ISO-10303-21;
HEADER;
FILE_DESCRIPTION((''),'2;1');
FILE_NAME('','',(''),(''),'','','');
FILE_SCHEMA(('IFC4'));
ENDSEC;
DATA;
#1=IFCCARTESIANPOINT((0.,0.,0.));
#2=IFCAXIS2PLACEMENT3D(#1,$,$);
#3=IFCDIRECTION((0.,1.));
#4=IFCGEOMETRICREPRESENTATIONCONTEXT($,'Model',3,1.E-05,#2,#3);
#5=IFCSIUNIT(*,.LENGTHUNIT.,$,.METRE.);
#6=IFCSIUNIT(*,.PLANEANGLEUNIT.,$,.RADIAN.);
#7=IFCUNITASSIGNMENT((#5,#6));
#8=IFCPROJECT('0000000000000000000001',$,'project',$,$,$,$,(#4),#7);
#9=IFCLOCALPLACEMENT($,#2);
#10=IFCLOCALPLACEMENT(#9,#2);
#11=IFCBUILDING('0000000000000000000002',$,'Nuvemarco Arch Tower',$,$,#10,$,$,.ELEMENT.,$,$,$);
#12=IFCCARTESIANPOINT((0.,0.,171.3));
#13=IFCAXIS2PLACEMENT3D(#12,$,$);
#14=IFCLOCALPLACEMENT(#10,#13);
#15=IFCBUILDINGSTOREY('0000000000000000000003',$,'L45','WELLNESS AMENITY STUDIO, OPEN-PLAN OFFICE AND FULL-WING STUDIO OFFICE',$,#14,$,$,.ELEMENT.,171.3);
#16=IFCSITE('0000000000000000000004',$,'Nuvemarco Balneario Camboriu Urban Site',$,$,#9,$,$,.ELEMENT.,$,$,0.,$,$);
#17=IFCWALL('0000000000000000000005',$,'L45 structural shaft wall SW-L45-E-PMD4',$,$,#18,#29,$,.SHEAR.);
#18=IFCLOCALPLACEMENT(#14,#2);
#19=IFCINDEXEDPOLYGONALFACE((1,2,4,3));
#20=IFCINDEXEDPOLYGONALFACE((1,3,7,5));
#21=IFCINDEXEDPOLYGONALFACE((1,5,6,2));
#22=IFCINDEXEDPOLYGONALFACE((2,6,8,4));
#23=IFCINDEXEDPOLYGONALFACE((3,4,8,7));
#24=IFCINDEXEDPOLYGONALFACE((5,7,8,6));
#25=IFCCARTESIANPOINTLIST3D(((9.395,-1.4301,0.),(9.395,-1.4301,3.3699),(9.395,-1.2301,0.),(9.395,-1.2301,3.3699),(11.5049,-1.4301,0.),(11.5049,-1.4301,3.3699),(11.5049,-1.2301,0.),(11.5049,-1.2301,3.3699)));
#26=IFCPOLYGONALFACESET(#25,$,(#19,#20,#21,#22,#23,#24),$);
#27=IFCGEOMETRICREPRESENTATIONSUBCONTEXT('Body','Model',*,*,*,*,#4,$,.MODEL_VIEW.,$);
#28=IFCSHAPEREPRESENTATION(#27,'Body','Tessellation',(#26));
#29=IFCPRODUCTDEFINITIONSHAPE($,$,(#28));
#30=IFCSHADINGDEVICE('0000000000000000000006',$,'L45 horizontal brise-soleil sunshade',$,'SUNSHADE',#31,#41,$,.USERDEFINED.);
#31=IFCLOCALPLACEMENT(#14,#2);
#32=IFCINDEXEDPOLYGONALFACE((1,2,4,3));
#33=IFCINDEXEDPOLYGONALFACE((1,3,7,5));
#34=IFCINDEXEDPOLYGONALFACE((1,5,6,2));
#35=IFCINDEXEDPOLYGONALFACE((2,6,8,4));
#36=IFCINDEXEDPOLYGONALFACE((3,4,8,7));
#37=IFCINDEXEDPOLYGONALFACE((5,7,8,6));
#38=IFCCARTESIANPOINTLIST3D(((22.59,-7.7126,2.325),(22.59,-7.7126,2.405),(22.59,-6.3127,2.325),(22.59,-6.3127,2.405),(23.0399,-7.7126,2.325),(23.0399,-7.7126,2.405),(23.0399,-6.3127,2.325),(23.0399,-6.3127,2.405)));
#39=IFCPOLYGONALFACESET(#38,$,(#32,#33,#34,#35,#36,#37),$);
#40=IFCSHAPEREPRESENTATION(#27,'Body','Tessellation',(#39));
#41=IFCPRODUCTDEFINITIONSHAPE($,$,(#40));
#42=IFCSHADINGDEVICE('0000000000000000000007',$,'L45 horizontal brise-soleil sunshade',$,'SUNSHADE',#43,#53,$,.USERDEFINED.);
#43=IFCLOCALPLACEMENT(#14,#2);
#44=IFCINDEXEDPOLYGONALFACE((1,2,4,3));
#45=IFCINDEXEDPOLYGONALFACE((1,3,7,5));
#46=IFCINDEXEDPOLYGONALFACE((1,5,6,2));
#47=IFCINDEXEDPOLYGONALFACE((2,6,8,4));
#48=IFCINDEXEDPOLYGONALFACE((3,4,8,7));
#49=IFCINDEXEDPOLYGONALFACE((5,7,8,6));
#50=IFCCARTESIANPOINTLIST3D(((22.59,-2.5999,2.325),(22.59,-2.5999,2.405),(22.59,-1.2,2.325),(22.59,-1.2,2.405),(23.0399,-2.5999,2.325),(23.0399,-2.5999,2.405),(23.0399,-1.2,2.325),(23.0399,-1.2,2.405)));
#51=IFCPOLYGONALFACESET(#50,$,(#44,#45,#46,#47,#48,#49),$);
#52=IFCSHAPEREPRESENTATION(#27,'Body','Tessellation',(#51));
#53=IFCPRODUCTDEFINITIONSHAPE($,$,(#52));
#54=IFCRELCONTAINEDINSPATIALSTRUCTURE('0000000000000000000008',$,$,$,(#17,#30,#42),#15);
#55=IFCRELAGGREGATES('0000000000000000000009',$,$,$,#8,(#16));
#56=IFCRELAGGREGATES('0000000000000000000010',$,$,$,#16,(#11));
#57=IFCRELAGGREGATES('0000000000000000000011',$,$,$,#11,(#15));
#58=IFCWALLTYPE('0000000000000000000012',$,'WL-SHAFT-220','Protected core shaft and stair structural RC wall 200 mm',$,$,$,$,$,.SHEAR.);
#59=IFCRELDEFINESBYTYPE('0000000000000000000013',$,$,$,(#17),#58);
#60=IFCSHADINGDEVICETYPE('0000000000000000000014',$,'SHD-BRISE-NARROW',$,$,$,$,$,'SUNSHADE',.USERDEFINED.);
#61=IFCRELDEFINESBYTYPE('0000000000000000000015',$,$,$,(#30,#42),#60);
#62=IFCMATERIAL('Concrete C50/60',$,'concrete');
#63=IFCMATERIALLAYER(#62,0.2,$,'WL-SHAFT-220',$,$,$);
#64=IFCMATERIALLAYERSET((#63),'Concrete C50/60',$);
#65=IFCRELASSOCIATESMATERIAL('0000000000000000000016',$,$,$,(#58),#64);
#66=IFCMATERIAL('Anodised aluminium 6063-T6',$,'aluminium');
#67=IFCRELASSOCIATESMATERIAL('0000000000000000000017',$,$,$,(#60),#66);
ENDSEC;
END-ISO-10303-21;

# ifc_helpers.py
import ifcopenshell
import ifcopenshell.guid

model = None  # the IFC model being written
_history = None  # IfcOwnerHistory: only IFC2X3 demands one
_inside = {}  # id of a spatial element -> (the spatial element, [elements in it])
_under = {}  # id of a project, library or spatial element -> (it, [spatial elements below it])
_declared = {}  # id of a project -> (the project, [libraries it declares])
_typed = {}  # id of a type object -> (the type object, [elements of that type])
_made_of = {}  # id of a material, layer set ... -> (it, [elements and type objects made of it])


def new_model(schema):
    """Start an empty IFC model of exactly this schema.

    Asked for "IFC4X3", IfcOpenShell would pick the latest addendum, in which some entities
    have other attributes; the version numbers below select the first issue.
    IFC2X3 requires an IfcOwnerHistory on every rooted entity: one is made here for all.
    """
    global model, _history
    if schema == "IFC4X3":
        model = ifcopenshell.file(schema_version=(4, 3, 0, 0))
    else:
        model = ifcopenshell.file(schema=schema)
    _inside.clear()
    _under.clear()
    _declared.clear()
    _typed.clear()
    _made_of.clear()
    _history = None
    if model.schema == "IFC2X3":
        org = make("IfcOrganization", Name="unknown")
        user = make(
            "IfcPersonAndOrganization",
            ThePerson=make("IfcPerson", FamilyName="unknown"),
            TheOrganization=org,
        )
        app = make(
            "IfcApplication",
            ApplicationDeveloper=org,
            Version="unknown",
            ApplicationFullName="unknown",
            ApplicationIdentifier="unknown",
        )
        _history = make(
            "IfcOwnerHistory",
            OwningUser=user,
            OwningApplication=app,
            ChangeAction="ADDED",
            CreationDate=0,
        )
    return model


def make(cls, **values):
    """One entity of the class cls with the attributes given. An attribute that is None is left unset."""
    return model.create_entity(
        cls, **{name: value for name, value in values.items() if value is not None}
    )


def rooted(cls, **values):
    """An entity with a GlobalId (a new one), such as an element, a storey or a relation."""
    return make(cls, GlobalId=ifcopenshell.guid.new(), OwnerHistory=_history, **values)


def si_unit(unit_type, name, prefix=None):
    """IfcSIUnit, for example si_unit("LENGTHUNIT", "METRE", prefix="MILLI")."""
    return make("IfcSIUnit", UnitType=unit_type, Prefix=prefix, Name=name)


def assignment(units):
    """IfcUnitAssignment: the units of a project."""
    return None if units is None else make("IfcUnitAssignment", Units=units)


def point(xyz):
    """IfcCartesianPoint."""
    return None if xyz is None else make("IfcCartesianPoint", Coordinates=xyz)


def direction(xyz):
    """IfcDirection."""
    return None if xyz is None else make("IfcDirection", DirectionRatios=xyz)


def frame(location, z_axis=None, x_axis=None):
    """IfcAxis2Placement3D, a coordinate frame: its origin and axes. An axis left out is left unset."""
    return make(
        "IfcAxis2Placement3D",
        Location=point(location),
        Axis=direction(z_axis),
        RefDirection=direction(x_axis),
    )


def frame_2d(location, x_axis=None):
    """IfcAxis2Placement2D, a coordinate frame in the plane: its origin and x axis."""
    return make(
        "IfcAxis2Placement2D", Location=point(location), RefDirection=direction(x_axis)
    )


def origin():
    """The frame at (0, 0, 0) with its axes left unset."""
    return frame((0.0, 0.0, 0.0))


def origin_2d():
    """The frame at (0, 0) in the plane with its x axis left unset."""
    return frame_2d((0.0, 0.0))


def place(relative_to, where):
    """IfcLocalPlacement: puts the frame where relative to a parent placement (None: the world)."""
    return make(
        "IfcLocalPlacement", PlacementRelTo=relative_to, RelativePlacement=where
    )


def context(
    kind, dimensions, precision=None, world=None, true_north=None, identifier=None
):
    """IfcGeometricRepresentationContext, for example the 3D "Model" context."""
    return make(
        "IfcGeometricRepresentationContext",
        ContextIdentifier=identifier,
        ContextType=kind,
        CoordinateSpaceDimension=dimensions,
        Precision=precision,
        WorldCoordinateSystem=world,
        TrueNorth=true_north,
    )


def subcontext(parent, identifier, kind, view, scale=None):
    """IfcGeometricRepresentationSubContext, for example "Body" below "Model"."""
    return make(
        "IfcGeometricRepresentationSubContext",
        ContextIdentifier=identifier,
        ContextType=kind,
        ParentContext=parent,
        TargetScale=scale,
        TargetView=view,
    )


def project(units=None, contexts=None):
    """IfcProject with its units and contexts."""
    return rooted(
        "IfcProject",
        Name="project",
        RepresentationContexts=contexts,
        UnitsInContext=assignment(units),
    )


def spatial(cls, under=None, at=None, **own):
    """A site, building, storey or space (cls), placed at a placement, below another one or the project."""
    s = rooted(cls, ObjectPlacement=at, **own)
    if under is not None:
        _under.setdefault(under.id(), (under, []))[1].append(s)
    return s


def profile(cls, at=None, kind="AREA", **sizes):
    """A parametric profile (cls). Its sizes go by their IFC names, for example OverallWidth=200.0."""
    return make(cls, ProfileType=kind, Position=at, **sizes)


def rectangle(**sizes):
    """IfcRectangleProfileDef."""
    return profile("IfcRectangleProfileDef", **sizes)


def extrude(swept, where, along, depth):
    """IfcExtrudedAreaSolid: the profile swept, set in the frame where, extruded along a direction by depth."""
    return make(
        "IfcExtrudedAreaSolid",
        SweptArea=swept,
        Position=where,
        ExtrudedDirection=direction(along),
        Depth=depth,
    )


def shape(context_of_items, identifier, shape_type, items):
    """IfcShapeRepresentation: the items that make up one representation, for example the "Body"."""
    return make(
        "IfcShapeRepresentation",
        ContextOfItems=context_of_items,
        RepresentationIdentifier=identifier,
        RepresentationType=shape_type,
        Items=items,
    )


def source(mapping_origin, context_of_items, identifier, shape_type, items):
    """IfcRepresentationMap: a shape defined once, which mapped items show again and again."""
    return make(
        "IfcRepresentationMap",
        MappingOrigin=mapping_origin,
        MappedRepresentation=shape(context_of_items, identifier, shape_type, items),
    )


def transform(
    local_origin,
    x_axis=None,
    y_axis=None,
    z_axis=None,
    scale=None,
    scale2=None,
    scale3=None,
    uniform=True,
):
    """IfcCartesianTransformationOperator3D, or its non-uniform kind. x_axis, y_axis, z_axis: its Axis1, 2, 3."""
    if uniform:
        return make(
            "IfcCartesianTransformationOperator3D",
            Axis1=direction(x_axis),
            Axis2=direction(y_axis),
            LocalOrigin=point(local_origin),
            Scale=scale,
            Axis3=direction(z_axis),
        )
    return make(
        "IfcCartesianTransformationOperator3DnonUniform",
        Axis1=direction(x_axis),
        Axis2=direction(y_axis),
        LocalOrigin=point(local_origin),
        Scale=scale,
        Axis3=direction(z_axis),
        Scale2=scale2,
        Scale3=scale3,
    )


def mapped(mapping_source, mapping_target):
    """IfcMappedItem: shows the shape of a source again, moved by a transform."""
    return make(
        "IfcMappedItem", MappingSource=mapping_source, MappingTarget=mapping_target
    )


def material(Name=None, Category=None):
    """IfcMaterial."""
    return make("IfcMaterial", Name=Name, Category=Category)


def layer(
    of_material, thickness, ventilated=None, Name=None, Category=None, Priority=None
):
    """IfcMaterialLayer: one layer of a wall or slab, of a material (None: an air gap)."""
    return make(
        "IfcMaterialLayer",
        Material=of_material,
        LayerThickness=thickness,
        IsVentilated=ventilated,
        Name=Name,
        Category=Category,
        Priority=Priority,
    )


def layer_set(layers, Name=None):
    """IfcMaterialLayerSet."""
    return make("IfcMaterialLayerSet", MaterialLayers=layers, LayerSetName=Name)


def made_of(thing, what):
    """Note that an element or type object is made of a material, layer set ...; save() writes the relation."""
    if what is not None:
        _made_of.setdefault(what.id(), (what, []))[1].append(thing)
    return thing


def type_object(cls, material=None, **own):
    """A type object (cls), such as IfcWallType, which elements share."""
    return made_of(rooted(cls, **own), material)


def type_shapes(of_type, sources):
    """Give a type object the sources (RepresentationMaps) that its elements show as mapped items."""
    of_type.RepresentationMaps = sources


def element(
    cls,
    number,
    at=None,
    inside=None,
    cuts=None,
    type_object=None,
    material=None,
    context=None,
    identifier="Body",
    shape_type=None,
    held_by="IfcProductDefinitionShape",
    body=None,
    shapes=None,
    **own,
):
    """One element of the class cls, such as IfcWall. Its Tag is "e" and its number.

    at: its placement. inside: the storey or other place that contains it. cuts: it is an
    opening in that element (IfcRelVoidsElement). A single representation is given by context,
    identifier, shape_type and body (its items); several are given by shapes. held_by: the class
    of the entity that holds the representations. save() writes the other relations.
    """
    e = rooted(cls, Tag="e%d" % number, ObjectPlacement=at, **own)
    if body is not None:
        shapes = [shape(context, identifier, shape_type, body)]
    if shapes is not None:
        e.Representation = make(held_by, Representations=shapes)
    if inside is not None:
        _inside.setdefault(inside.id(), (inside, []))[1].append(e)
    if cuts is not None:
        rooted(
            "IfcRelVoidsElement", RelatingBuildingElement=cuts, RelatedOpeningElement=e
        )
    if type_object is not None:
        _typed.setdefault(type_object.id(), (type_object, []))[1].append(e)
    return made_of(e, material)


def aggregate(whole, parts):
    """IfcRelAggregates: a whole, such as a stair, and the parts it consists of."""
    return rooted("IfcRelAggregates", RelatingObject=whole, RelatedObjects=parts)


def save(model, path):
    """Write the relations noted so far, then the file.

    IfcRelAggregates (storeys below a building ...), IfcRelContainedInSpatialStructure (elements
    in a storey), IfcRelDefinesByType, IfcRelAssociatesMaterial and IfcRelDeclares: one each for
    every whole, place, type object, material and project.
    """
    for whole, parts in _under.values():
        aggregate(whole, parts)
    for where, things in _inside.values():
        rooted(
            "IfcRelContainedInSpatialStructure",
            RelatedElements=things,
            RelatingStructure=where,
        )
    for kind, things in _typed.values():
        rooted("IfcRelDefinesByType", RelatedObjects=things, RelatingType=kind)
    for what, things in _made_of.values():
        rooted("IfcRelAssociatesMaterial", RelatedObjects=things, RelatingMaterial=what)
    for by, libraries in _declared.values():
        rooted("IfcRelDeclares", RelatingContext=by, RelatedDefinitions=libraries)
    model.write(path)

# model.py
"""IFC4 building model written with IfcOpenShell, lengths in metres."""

from ifc_helpers import new_model, si_unit, direction, frame, frame_2d, origin, origin_2d, place, context, subcontext, project, spatial, rectangle, extrude, source, transform, mapped, material, layer, layer_set, type_object, type_shapes, element, save


model = new_model("IFC4")

# Units and contexts
model_context = context("Model", 3, precision=1e-05, world=origin(), true_north=direction((0.0, 1.0)))
body_context = subcontext(model_context, "Body", "Model", "MODEL_VIEW")
ifc_project = project(units=[si_unit("LENGTHUNIT", "METRE"), si_unit("PLANEANGLEUNIT", "RADIAN")], contexts=[model_context])

# Site, building, storey
site_placement = place(None, origin())
site = spatial("IfcSite", under=ifc_project, at=site_placement, Name="Nuvemarco Balneario Camboriu Urban Site", CompositionType="ELEMENT", RefElevation=0.0)
building_placement = place(site_placement, origin())
building = spatial("IfcBuilding", under=site, at=building_placement, Name="Nuvemarco Arch Tower", CompositionType="ELEMENT")
storey_placement = place(building_placement, frame((0.0, 0.0, 171.3)))
storey = spatial("IfcBuildingStorey", under=building, at=storey_placement, Name="L45", Description="WELLNESS AMENITY STUDIO, OPEN-PLAN OFFICE AND FULL-WING STUDIO OFFICE", CompositionType="ELEMENT", Elevation=171.3)

# Shared definitions
ifc_material_1 = material(Name="Concrete C50/60", Category="concrete")

# Shared definitions
ifc_layer_1 = layer(ifc_material_1, 0.2, Name="WL-SHAFT-220")
ifc_layer_set_1 = layer_set([ifc_layer_1], Name="Concrete C50/60")
wall_type_1 = type_object("IfcWallType", Name="WL-SHAFT-220", Description="Protected core shaft and stair structural RC wall 200 mm", PredefinedType="SHEAR", material=ifc_layer_set_1)

# Wall
for number, where, z_axis, x_axis, name in (
    (1, (9.395, -1.3301, 0.0), (0.0, 0.0, 1.0), (1.0, 0.0, 0.0), "L45 structural shaft wall SW-L45-E-PMD4"),
):
    element("IfcWall", number, at=place(storey_placement, frame(where, z_axis=z_axis, x_axis=x_axis)), inside=storey, type_object=wall_type_1, Name=name, PredefinedType="SHEAR", context=body_context, shape_type="SweptSolid", body=[
        extrude(rectangle(XDim=2.1099, YDim=0.2, at=frame_2d((1.0549, 0.0))), origin(), (0.0, 0.0, 1.0), 3.3699),
    ])

# Shading devices
ifc_material_2 = material(Name="Anodised aluminium 6063-T6", Category="aluminium")
shading_device_type = type_object("IfcShadingDeviceType", Name="SHD-BRISE-NARROW", ElementType="SUNSHADE", PredefinedType="USERDEFINED", material=ifc_material_2)
shared_shape_1 = source(origin(), body_context, "Body", "SweptSolid", [
    extrude(rectangle(XDim=1.3999, YDim=0.45, at=origin_2d()), origin(), (0.0, 0.0, 1.0), 0.0801),
])
type_shapes(shading_device_type, [shared_shape_1])
for number, where, z_axis, x_axis, name in (
    (2, (22.8149, -7.0127, 2.325), (0.0, 0.0, 1.0), (0.0, 1.0, 0.0), "L45 horizontal brise-soleil sunshade"),
    (3, (22.8149, -1.8999, 2.325), (0.0, 0.0, 1.0), (0.0, 1.0, 0.0), "L45 horizontal brise-soleil sunshade"),
):
    element("IfcShadingDevice", number, at=place(storey_placement, frame(where, z_axis=z_axis, x_axis=x_axis)), inside=storey, type_object=shading_device_type, Name=name, ObjectType="SUNSHADE", PredefinedType="USERDEFINED", context=body_context, shape_type="MappedRepresentation", body=[
        mapped(shared_shape_1, transform((0.0, 0.0, 0.0), scale=1.0)),
    ])

save(model, "model.ifc")
